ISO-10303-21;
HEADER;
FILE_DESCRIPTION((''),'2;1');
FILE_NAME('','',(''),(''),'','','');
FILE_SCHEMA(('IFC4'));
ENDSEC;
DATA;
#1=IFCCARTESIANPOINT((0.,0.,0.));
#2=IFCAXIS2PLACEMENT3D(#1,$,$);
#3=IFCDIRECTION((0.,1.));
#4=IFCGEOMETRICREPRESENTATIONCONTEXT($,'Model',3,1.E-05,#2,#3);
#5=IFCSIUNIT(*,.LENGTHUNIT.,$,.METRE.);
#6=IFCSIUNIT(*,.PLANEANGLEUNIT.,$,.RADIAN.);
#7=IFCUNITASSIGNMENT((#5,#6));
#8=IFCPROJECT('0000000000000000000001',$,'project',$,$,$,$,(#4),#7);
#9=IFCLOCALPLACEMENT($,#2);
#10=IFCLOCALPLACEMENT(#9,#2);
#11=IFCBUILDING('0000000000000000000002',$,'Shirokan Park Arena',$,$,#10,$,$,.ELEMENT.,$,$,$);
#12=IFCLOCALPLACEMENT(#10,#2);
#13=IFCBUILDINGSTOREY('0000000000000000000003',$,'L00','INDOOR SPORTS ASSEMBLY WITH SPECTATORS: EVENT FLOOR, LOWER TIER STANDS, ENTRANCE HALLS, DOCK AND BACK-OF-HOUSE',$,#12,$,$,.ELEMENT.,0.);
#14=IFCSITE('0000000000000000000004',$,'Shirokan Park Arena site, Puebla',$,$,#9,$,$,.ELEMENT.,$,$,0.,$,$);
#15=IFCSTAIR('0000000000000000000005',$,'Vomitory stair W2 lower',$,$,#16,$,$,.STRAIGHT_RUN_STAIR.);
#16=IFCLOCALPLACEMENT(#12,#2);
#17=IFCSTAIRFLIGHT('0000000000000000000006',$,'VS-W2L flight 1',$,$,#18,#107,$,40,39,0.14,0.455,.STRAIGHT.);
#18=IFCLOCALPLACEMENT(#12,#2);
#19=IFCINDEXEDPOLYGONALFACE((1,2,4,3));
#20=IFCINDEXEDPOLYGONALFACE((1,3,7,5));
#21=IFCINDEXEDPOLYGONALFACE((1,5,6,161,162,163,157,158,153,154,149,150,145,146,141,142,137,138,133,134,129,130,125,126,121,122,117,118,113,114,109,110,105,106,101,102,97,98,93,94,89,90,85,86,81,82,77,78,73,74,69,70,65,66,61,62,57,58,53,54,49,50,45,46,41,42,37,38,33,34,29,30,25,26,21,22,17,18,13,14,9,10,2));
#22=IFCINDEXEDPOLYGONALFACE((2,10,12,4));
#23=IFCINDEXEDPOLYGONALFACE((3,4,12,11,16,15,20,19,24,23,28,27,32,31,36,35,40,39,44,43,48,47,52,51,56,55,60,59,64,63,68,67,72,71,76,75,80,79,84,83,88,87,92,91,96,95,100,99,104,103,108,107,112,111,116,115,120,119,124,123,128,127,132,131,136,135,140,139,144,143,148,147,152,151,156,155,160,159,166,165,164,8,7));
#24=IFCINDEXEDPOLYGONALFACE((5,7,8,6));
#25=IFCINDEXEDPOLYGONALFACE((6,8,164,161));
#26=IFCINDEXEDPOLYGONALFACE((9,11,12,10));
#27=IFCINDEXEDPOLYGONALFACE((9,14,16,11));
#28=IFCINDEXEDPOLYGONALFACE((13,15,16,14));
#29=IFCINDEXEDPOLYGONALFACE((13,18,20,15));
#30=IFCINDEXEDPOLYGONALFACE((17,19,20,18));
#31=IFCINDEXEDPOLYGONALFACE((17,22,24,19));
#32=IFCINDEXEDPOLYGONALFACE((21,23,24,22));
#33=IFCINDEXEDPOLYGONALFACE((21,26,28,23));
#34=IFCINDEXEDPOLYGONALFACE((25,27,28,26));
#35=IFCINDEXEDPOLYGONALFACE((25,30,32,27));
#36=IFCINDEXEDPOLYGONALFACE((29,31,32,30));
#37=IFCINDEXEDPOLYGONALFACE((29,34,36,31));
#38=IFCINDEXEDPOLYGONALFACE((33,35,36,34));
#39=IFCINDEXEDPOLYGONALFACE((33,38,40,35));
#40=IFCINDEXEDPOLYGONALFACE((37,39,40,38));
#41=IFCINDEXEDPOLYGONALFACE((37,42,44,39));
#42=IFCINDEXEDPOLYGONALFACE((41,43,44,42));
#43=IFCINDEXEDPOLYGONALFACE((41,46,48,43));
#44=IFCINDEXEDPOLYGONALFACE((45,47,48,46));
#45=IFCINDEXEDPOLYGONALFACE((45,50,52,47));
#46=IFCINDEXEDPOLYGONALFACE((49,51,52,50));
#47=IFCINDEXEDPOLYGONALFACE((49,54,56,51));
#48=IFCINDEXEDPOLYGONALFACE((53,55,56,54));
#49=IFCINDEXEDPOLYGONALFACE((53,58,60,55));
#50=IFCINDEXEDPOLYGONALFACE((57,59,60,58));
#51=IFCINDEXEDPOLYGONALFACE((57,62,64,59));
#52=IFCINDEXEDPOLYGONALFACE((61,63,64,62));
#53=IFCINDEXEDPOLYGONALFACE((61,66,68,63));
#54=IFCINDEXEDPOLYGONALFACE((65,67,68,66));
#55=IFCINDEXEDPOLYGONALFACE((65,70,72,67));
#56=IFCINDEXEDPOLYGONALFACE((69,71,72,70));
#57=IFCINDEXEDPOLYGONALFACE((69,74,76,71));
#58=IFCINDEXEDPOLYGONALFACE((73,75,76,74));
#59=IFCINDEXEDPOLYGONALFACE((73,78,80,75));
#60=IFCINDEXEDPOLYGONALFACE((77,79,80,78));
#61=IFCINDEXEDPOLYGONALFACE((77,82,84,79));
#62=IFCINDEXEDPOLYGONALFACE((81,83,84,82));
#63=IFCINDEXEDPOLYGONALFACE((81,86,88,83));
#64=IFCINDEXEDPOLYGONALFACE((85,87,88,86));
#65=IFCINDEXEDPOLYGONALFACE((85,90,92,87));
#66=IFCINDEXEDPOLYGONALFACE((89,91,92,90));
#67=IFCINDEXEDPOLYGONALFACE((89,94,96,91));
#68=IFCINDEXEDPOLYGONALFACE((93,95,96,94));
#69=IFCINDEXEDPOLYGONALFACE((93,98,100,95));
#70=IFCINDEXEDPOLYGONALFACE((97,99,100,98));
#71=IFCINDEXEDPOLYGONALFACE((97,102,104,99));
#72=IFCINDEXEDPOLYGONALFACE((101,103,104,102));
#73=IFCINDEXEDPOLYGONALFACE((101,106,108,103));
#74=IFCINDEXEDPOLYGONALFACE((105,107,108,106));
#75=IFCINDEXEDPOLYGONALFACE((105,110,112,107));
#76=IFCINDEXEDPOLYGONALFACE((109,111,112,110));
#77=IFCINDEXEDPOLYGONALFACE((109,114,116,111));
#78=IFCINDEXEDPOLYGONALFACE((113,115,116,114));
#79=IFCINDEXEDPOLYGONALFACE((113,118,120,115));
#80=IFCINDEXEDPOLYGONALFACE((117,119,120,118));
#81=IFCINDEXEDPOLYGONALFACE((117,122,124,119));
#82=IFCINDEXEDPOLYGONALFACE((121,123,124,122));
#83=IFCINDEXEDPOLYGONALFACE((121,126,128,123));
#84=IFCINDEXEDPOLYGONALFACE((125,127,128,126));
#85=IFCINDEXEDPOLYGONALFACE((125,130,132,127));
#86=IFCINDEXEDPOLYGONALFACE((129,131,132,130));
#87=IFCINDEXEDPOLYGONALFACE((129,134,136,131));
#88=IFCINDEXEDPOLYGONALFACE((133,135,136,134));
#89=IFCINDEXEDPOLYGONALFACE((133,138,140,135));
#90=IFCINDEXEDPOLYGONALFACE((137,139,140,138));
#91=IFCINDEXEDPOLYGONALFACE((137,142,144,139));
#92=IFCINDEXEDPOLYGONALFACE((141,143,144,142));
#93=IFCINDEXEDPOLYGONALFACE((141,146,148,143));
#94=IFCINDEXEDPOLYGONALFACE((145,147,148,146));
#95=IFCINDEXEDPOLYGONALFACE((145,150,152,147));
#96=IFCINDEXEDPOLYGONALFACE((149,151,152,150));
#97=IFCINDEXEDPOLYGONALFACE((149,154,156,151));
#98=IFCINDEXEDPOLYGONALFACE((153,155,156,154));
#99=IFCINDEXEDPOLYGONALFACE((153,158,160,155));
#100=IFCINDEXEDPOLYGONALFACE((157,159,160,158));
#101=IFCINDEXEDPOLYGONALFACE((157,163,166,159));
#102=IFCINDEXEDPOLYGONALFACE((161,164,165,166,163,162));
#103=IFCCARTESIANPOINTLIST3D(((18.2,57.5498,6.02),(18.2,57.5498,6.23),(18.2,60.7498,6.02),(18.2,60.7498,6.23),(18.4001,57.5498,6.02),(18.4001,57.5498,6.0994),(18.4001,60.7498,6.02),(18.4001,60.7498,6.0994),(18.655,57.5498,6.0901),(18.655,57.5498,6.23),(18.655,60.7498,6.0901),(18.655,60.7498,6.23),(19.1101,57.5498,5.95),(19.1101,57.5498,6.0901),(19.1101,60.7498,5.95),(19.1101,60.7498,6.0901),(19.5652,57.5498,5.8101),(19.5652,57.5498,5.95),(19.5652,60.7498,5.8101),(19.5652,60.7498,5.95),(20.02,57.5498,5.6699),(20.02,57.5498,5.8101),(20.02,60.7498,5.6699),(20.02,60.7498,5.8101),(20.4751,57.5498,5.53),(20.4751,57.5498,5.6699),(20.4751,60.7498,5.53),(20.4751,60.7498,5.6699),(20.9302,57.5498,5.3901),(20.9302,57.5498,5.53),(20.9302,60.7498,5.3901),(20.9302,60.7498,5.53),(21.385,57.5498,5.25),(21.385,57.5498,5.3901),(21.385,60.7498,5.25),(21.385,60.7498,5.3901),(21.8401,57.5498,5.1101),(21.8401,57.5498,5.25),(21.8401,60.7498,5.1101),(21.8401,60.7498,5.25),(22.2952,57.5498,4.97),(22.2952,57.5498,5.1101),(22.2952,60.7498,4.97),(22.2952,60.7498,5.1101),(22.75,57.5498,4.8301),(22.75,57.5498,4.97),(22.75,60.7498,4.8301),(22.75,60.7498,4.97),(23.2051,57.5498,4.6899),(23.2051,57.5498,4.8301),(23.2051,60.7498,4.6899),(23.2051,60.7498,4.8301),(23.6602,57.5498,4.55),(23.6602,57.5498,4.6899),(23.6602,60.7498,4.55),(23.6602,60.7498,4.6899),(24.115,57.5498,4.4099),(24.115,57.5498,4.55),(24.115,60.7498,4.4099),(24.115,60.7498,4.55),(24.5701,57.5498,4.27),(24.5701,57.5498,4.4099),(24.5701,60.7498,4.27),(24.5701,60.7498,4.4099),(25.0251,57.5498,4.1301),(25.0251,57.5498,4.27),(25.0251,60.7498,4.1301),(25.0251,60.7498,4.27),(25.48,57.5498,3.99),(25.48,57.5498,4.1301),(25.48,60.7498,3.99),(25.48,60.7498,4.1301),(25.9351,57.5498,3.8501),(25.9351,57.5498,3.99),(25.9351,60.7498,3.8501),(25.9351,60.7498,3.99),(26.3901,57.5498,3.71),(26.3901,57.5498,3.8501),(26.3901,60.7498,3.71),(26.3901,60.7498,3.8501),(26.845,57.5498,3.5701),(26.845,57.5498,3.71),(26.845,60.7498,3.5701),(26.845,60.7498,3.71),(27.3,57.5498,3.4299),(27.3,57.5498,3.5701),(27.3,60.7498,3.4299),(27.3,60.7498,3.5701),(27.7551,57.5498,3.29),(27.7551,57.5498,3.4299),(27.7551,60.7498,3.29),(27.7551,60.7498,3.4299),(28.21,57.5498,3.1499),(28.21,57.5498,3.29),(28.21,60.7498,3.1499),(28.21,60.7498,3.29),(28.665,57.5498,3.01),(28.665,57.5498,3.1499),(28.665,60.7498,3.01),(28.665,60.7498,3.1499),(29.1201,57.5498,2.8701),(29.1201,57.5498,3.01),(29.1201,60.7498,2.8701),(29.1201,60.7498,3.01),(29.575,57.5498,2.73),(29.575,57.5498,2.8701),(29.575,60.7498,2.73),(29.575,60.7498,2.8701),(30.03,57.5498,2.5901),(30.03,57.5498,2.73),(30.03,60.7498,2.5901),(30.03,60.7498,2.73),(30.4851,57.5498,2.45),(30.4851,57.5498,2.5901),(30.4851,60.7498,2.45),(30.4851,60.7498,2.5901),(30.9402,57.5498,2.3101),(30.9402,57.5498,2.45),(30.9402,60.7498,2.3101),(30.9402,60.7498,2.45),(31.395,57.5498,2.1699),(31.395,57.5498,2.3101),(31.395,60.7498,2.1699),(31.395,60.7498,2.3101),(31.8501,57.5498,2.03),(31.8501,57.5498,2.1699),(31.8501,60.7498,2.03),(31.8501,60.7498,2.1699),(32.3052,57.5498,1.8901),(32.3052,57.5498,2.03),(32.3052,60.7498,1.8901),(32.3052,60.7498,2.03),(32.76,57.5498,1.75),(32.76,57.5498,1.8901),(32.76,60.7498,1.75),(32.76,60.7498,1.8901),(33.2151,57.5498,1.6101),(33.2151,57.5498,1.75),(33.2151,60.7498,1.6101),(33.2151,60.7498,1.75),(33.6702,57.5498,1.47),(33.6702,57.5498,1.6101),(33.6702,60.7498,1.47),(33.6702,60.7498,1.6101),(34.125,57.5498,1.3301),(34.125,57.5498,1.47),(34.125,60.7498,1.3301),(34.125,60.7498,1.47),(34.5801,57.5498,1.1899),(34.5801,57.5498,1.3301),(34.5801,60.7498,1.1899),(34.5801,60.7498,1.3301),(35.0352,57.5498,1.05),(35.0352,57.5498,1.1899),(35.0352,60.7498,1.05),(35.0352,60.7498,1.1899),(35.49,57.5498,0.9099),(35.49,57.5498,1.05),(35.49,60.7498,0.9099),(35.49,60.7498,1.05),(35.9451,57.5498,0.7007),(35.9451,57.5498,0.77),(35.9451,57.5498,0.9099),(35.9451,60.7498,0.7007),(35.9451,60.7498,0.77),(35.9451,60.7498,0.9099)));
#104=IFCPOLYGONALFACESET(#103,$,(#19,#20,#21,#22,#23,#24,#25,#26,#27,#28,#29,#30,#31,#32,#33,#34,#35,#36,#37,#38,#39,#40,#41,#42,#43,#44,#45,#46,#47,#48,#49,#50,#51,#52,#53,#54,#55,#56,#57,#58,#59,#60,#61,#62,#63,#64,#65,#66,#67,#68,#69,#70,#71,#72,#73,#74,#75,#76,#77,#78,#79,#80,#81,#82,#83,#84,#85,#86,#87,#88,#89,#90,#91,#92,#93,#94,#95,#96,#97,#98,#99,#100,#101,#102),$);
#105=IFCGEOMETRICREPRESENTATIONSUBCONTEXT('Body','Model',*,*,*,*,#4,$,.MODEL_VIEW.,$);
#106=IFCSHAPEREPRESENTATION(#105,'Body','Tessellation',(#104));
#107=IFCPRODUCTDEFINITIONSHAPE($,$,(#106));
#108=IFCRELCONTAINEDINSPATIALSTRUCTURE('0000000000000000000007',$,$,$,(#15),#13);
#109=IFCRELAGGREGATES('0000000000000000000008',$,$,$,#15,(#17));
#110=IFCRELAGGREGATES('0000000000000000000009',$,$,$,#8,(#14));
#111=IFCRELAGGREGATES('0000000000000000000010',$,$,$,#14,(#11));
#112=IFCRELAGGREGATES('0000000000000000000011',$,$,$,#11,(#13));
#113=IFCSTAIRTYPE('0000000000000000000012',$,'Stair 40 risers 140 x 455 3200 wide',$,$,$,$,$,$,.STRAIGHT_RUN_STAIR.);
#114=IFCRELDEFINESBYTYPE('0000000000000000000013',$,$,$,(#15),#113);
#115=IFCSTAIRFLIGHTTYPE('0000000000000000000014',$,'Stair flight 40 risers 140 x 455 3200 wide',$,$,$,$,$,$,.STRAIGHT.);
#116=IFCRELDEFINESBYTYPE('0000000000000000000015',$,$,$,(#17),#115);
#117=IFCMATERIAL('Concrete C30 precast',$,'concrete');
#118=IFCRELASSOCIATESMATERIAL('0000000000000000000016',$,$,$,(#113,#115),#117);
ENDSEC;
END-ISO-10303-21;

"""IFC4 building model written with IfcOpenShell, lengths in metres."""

from ifc_helpers import new_model, si_unit, direction, frame, origin, place, context, subcontext, project, spatial, polyline, outline, extrude, material, type_object, element, aggregate, save


model = new_model("IFC4")

# Units and contexts
model_context = context("Model", 3, precision=1e-05, world=origin(), true_north=direction((0.0, 1.0)))
body_context = subcontext(model_context, "Body", "Model", "MODEL_VIEW")
ifc_project = project(units=[si_unit("LENGTHUNIT", "METRE"), si_unit("PLANEANGLEUNIT", "RADIAN")], contexts=[model_context])

# Site, building, storey
site_placement = place(None, origin())
site = spatial("IfcSite", under=ifc_project, at=site_placement, Name="Shirokan Park Arena site, Puebla", CompositionType="ELEMENT", RefElevation=0.0)
building_placement = place(site_placement, origin())
building = spatial("IfcBuilding", under=site, at=building_placement, Name="Shirokan Park Arena", CompositionType="ELEMENT")
storey_placement = place(building_placement, origin())
storey = spatial("IfcBuildingStorey", under=building, at=storey_placement, Name="L00", Description="INDOOR SPORTS ASSEMBLY WITH SPECTATORS: EVENT FLOOR, LOWER TIER STANDS, ENTRANCE HALLS, DOCK AND BACK-OF-HOUSE", CompositionType="ELEMENT", Elevation=0.0)

# Stair, stair flight
ifc_material_1 = material(Name="Concrete C30 precast", Category="concrete")
stair_type = type_object("IfcStairType", Name="Stair 40 risers 140 x 455 3200 wide", PredefinedType="STRAIGHT_RUN_STAIR", material=ifc_material_1)
stair_flight_type = type_object("IfcStairFlightType", Name="Stair flight 40 risers 140 x 455 3200 wide", PredefinedType="STRAIGHT", material=ifc_material_1)
stair_1_placement = place(storey_placement, origin())
stair_1 = element("IfcStair", 1, at=stair_1_placement, inside=storey, type_object=stair_type, Name="Vomitory stair W2 lower", PredefinedType="STRAIGHT_RUN_STAIR")
stair_flight_1_placement = place(storey_placement, frame((35.9451, 59.1499, 0.77), z_axis=(0.0, 0.0, 1.0), x_axis=(-1.0, 0.0, 0.0)))
stair_flight_1 = element("IfcStairFlight", 2, at=stair_flight_1_placement, type_object=stair_flight_type, Name="VS-W2L flight 1", NumberOfRisers=40, NumberOfTreads=39, PredefinedType="STRAIGHT", RiserHeight=0.14, TreadLength=0.455, context=body_context, shape_type="SweptSolid", body=[
    extrude(outline(polyline([(0.0, -0.0693), (0.0, 0.0), (0.0, 0.1399), (0.4551, 0.1399), (0.4551, 0.28), (0.9099, 0.28), (0.9099, 0.4199), (1.365, 0.4199), (1.365, 0.5601), (1.8201, 0.5601), (1.8201, 0.7), (2.2749, 0.7), (2.2749, 0.8401), (2.73, 0.8401), (2.73, 0.98), (3.1851, 0.98), (3.1851, 1.1201), (3.6399, 1.1201), (3.6399, 1.26), (4.095, 1.26), (4.095, 1.3999), (4.55, 1.3999), (4.55, 1.54), (5.0049, 1.54), (5.0049, 1.6799), (5.46, 1.6799), (5.46, 1.8201), (5.915, 1.8201), (5.915, 1.96), (6.3701, 1.96), (6.3701, 2.1001), (6.825, 2.1001), (6.825, 2.24), (7.28, 2.24), (7.28, 2.3799), (7.7351, 2.3799), (7.7351, 2.52), (8.1899, 2.52), (8.1899, 2.6599), (8.645, 2.6599), (8.645, 2.8), (9.1001, 2.8), (9.1001, 2.9399), (9.5549, 2.9399), (9.5549, 3.0801), (10.01, 3.0801), (10.01, 3.22), (10.4651, 3.22), (10.4651, 3.3601), (10.9199, 3.3601), (10.9199, 3.5), (11.375, 3.5), (11.375, 3.6399), (11.8301, 3.6399), (11.8301, 3.78), (12.2849, 3.78), (12.2849, 3.9199), (12.74, 3.9199), (12.74, 4.0601), (13.1951, 4.0601), (13.1951, 4.2), (13.6499, 4.2), (13.6499, 4.3401), (14.105, 4.3401), (14.105, 4.48), (14.5601, 4.48), (14.5601, 4.6201), (15.0149, 4.6201), (15.0149, 4.76), (15.47, 4.76), (15.47, 4.8999), (15.925, 4.8999), (15.925, 5.04), (16.3799, 5.04), (16.3799, 5.1799), (16.835, 5.1799), (16.835, 5.3201), (17.29, 5.3201), (17.29, 5.46), (17.7451, 5.46), (17.7451, 5.6001), (17.7451, 5.25), (17.5449, 5.25), (17.5449, 5.3293), (0.0, -0.0693)])), frame((0.0, 1.6001, 0.0), z_axis=(0.0, -1.0, 0.0), x_axis=(1.0, 0.0, 0.0)), (0.0, 0.0, 1.0), 3.2),
])
aggregate(stair_1, [stair_flight_1])

save(model, "model.ifc")
